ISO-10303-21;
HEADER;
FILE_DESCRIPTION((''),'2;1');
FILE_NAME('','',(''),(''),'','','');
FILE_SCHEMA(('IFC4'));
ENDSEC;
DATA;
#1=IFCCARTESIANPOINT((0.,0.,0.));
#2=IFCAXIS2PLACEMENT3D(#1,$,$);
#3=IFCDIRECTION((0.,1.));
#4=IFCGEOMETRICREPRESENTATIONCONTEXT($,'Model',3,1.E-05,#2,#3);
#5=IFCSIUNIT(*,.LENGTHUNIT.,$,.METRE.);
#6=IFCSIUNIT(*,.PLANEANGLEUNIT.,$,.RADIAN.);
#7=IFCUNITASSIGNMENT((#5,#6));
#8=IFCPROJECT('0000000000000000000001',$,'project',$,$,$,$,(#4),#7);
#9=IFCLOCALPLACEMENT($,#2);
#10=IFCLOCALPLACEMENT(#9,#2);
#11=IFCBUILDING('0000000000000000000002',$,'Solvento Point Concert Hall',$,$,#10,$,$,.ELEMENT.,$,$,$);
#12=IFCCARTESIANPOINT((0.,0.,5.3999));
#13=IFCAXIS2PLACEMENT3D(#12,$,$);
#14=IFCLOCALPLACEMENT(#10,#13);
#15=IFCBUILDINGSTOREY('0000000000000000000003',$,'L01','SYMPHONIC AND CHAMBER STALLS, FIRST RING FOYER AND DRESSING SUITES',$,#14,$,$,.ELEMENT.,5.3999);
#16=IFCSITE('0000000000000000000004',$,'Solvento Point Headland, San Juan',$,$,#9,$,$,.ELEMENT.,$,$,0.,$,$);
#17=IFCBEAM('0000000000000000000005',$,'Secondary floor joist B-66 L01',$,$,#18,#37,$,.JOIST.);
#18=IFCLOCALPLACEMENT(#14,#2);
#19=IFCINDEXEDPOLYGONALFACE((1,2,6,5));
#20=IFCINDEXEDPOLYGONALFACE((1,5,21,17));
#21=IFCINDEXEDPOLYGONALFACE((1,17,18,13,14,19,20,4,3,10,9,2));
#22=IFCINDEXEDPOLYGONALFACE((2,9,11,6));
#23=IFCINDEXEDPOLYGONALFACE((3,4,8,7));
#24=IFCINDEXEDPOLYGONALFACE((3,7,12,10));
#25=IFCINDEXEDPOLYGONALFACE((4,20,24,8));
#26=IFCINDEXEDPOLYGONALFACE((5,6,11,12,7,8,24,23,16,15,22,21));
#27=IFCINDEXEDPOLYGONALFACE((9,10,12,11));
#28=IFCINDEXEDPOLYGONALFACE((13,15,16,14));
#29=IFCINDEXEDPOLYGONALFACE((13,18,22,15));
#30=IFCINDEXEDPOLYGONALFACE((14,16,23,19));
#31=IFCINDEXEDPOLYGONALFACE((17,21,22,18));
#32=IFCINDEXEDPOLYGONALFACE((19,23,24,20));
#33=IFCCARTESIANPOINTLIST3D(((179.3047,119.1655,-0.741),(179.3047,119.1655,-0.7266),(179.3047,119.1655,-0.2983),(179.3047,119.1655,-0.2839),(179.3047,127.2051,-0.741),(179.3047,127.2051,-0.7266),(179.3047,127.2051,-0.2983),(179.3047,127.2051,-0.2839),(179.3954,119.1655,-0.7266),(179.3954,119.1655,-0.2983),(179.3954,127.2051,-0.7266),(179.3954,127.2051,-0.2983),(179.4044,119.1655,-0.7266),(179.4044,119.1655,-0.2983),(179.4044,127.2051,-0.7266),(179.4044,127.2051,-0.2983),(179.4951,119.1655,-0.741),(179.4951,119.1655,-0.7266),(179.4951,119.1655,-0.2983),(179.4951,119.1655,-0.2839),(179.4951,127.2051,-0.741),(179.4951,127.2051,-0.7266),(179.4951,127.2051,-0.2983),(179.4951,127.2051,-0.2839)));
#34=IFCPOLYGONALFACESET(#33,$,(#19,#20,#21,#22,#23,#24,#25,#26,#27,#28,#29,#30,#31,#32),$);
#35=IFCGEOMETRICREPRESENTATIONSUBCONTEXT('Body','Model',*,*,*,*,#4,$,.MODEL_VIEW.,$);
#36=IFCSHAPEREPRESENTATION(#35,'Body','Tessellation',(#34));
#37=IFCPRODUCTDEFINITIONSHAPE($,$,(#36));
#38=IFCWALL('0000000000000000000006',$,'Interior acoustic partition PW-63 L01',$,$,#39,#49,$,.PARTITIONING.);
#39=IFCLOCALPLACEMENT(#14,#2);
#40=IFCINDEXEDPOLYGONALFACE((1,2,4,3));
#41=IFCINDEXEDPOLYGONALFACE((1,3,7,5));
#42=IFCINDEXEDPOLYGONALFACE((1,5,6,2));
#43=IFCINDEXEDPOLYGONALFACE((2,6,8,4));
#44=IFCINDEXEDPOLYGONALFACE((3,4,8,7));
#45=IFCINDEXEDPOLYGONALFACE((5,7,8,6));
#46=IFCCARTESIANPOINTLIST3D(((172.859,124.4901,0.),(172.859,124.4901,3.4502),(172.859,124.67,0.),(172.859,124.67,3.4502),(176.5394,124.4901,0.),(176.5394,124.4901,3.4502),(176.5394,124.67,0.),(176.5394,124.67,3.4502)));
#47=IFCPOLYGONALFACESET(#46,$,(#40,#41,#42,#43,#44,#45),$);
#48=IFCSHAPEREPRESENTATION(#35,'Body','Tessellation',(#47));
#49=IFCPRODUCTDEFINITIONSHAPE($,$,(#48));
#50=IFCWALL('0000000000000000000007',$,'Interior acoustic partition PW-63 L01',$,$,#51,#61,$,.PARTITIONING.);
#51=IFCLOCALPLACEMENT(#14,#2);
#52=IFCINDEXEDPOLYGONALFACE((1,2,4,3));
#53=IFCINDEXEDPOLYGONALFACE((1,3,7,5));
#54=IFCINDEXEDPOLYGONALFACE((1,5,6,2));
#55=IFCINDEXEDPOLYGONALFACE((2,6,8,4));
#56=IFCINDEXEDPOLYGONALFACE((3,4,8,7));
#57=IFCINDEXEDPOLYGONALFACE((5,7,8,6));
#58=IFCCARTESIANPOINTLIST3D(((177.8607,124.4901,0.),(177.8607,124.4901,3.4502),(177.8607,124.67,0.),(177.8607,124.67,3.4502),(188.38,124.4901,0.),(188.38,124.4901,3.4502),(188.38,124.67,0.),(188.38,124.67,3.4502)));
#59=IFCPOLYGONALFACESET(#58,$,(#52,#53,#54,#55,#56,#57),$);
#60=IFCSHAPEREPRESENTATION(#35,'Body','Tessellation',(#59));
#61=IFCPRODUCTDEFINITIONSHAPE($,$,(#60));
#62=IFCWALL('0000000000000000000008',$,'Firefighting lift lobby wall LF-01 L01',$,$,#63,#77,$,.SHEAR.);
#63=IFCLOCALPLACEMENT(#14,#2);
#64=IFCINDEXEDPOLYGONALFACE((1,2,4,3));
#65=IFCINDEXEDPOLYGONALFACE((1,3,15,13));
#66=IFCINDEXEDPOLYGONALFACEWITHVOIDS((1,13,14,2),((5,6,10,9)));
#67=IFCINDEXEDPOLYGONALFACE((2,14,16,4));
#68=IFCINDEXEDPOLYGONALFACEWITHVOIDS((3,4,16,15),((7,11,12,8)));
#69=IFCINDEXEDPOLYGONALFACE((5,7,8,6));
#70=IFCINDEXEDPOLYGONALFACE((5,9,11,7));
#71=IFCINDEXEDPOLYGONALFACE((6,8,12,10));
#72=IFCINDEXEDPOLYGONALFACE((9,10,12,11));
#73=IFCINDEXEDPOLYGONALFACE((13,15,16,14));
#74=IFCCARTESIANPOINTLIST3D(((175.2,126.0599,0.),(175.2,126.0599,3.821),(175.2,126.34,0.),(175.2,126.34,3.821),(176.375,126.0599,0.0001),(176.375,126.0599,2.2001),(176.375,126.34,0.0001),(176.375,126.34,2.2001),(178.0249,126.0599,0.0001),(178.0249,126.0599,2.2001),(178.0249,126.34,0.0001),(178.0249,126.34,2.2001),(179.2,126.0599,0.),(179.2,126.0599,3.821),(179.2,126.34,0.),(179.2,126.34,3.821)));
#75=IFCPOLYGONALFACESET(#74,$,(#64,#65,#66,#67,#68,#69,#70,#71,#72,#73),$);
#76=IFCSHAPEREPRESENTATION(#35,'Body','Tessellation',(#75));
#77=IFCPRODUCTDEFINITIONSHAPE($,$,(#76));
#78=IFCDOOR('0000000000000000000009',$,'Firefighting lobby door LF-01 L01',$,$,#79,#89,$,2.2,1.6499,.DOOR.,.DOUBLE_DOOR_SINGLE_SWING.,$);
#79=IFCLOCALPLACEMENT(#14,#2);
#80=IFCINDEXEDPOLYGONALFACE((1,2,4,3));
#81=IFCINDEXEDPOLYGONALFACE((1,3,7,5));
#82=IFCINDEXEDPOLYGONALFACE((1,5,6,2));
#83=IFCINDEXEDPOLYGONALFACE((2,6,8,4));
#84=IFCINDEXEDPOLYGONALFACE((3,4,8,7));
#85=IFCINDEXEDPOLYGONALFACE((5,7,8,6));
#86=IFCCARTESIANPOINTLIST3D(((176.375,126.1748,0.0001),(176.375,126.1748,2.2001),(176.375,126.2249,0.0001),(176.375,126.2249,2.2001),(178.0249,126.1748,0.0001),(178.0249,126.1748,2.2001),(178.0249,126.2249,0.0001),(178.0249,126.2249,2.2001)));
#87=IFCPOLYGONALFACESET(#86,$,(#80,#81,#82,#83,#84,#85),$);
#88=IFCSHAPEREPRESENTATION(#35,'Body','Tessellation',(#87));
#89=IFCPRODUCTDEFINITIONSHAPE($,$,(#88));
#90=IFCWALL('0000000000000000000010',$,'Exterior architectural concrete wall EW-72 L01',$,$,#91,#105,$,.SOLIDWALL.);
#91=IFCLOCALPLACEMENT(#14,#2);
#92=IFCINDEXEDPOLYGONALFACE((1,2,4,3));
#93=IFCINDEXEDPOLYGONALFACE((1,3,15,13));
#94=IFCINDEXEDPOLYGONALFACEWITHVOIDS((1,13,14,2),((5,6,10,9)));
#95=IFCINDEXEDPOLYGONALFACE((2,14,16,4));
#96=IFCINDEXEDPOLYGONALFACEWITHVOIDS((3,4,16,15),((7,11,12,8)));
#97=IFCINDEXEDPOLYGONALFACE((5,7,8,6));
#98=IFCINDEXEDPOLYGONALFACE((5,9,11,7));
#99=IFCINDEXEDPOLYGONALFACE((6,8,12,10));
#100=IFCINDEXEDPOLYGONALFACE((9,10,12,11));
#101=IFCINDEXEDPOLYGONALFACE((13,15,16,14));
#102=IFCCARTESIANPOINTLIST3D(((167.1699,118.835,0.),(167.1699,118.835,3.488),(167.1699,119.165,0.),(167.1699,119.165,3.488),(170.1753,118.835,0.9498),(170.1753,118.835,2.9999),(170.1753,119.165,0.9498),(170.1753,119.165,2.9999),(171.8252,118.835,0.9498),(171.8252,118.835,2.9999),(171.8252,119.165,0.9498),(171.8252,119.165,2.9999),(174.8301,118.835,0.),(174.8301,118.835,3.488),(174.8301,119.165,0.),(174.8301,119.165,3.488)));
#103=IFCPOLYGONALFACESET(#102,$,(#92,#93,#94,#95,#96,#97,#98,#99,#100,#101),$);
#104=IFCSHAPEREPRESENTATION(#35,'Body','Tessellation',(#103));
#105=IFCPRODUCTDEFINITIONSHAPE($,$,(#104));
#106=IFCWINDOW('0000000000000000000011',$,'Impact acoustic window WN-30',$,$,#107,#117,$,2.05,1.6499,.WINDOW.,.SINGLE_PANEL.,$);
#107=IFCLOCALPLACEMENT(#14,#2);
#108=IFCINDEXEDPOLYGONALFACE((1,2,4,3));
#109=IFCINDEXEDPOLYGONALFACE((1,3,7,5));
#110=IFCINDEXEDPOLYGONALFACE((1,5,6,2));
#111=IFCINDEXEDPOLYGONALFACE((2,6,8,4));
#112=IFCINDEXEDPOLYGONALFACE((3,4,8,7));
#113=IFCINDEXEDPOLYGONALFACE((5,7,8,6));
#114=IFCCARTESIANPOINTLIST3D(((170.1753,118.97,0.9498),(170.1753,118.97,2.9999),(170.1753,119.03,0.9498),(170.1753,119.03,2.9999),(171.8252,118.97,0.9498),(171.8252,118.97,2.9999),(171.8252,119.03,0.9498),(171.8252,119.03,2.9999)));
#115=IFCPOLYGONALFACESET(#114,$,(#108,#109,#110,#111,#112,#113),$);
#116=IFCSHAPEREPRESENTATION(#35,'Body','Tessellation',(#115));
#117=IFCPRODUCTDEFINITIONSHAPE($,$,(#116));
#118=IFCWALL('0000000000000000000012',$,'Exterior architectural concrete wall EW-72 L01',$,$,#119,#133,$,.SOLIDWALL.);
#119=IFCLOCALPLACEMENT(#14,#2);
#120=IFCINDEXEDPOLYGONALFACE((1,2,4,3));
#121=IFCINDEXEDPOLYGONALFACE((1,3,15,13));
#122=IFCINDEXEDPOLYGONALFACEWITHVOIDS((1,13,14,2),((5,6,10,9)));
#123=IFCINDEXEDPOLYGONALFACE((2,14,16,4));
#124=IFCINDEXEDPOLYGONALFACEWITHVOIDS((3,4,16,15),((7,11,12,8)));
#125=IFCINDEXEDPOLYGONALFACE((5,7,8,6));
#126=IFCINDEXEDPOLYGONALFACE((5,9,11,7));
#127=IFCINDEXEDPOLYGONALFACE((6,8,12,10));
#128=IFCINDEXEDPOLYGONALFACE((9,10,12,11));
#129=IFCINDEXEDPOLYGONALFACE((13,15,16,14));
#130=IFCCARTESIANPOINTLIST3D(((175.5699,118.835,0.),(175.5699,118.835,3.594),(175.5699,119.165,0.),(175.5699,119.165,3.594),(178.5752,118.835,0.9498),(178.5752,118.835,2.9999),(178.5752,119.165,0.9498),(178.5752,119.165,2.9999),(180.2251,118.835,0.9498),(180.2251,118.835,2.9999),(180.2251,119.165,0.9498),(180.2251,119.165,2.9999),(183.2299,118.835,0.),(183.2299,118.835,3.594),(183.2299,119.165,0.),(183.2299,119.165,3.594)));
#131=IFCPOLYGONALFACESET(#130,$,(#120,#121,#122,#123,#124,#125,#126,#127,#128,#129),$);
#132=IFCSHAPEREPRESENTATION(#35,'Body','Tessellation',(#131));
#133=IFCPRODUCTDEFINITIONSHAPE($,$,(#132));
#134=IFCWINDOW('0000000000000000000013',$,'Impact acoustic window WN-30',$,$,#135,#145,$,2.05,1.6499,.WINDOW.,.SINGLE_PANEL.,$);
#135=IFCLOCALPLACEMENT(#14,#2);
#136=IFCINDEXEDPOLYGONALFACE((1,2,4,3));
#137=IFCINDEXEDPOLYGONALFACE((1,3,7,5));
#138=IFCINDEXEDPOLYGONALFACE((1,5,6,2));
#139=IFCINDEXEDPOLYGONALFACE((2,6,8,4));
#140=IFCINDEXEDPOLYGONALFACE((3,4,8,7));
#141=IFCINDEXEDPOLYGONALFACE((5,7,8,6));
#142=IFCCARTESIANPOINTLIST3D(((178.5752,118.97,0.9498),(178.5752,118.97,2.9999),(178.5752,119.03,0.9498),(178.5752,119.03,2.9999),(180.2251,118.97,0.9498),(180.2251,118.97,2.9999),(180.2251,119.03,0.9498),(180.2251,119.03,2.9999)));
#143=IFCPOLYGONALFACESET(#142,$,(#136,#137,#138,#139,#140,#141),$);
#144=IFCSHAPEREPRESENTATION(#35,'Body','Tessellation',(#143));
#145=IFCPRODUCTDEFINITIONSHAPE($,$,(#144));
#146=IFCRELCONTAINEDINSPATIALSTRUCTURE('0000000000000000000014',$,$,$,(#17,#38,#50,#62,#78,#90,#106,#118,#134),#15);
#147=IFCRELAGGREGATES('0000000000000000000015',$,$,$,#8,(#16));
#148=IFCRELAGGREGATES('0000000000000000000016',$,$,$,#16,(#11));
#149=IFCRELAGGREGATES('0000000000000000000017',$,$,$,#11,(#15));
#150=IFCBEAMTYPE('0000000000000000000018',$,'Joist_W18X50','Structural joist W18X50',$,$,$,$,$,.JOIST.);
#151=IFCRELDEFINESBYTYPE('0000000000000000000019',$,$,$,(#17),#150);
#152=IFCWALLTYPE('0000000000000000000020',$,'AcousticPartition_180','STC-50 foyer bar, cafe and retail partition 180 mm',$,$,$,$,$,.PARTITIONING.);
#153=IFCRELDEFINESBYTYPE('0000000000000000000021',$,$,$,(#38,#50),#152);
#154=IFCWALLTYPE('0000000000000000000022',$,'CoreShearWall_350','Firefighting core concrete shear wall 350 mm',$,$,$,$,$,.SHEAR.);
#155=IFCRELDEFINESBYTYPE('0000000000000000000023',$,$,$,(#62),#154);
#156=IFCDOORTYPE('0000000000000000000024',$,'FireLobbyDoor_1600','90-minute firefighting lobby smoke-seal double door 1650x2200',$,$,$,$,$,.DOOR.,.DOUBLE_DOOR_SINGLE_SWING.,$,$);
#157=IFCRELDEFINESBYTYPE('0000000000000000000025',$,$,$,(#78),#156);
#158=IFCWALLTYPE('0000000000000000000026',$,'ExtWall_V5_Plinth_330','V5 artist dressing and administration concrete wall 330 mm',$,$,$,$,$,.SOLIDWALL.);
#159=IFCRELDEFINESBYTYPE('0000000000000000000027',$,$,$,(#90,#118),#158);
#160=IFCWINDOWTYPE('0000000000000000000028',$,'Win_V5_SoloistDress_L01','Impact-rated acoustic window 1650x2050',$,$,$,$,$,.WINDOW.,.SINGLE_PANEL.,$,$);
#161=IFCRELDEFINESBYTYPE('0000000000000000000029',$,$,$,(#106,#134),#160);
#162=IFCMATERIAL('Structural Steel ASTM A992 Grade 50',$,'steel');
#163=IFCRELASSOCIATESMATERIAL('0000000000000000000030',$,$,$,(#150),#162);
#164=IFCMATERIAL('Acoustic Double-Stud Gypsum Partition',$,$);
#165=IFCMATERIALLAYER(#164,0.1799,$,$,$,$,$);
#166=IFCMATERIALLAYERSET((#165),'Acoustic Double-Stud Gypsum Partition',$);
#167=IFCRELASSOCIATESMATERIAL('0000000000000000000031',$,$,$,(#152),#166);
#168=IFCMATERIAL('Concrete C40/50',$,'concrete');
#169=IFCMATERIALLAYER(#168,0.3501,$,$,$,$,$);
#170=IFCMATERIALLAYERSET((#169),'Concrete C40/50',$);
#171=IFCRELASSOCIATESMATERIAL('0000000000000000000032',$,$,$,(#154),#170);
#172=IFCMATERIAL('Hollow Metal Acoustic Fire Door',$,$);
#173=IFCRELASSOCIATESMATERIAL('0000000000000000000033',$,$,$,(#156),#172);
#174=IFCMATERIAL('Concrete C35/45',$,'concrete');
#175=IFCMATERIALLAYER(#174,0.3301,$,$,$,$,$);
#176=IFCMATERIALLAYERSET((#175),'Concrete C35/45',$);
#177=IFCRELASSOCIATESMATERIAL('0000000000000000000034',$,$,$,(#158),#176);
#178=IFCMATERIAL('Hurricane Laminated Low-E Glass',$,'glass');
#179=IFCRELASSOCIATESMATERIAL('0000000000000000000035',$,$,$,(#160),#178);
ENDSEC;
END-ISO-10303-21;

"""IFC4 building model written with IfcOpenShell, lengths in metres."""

from ifc_helpers import new_model, si_unit, direction, frame, frame_2d, origin, origin_2d, place, context, subcontext, project, spatial, rectangle, i_section, extrude, material, layer, layer_set, material_profile, profile_set, type_object, element, fill, save


model = new_model("IFC4")

# Units and contexts
model_context = context("Model", 3, precision=1e-05, world=origin(), true_north=direction((0.0, 1.0)))
body_context = subcontext(model_context, "Body", "Model", "MODEL_VIEW")
ifc_project = project(units=[si_unit("LENGTHUNIT", "METRE"), si_unit("PLANEANGLEUNIT", "RADIAN")], contexts=[model_context])

# Site, building, storey
site_placement = place(None, origin())
site = spatial("IfcSite", under=ifc_project, at=site_placement, Name="Solvento Point Headland, San Juan", CompositionType="ELEMENT", RefElevation=0.0)
building_placement = place(site_placement, origin())
building = spatial("IfcBuilding", under=site, at=building_placement, Name="Solvento Point Concert Hall", CompositionType="ELEMENT")
storey_placement = place(building_placement, frame((0.0, 0.0, 5.3999)))
storey = spatial("IfcBuildingStorey", under=building, at=storey_placement, Name="L01", Description="SYMPHONIC AND CHAMBER STALLS, FIRST RING FOYER AND DRESSING SUITES", CompositionType="ELEMENT", Elevation=5.3999)

# Beam
ifc_material_1 = material(Name="Structural Steel ASTM A992 Grade 50", Category="steel")
ifc_material_profile_1 = material_profile(ifc_material_1, i_section(OverallWidth=0.1904, OverallDepth=0.457, WebThickness=0.009, FlangeThickness=0.0144, at=origin_2d()), Name="W18X50")
ifc_profile_set_1 = profile_set([ifc_material_profile_1], Name="Structural Steel ASTM A992 Grade 50")
beam_type_1 = type_object("IfcBeamType", Name="Joist_W18X50", Description="Structural joist W18X50", PredefinedType="JOIST", material=ifc_profile_set_1)
beam_1_placement = place(storey_placement, frame((179.3999, 119.1655, -0.5125), z_axis=(0.0, 1.0, 0.0), x_axis=(-1.0, 0.0, 0.0)))
element("IfcBeam", 1, at=beam_1_placement, inside=storey, type_object=beam_type_1, Name="Secondary floor joist B-66 L01", PredefinedType="JOIST", context=body_context, shape_type="SweptSolid", body=[
    extrude(i_section(OverallWidth=0.1904, OverallDepth=0.457, WebThickness=0.009, FlangeThickness=0.0144, at=origin_2d()), origin(), (0.0, 0.0, 1.0), 8.0396),
])

# Walls
ifc_material_2 = material(Name="Acoustic Double-Stud Gypsum Partition")
ifc_layer_1 = layer(ifc_material_2, 0.1799)
ifc_layer_set_1 = layer_set([ifc_layer_1], Name="Acoustic Double-Stud Gypsum Partition")
wall_type_1 = type_object("IfcWallType", Name="AcousticPartition_180", Description="STC-50 foyer bar, cafe and retail partition 180 mm", PredefinedType="PARTITIONING", material=ifc_layer_set_1)
wall_1_placement = place(storey_placement, frame((172.8589, 124.5801, 0.0), z_axis=(0.0, 0.0, 1.0), x_axis=(1.0, 0.0, 0.0)))
element("IfcWall", 2, at=wall_1_placement, inside=storey, type_object=wall_type_1, Name="Interior acoustic partition PW-63 L01", PredefinedType="PARTITIONING", context=body_context, shape_type="SweptSolid", body=[
    extrude(rectangle(XDim=3.6804, YDim=0.1799, at=frame_2d((1.8403, 0.0))), origin(), (0.0, 0.0, 1.0), 3.4502),
])
wall_2_placement = place(storey_placement, frame((177.8606, 124.5801, 0.0), z_axis=(0.0, 0.0, 1.0), x_axis=(1.0, 0.0, 0.0)))
element("IfcWall", 3, at=wall_2_placement, inside=storey, type_object=wall_type_1, Name="Interior acoustic partition PW-63 L01", PredefinedType="PARTITIONING", context=body_context, shape_type="SweptSolid", body=[
    extrude(rectangle(XDim=10.5193, YDim=0.1799, at=frame_2d((5.2598, 0.0))), origin(), (0.0, 0.0, 1.0), 3.4502),
])

# Wall, opening, door
ifc_material_3 = material(Name="Concrete C40/50", Category="concrete")
ifc_layer_2 = layer(ifc_material_3, 0.3501)
ifc_layer_set_2 = layer_set([ifc_layer_2], Name="Concrete C40/50")
wall_type_2 = type_object("IfcWallType", Name="CoreShearWall_350", Description="Firefighting core concrete shear wall 350 mm", PredefinedType="SHEAR", material=ifc_layer_set_2)
wall_3_placement = place(storey_placement, frame((175.2, 126.2, 0.0), z_axis=(0.0, 0.0, 1.0), x_axis=(1.0, 0.0, 0.0)))
wall_3 = element("IfcWall", 4, at=wall_3_placement, inside=storey, type_object=wall_type_2, Name="Firefighting lift lobby wall LF-01 L01", PredefinedType="SHEAR", context=body_context, shape_type="SweptSolid", body=[
    extrude(rectangle(XDim=4.0, YDim=0.28, at=frame_2d((2.0, 0.0))), origin(), (0.0, 0.0, 1.0), 3.821),
])
opening_1_placement = place(wall_3_placement, frame((1.175, 0.0, 0.0)))
opening_1 = element("IfcOpeningElement", 5, at=opening_1_placement, cuts=wall_3, PredefinedType="OPENING", context=body_context, shape_type="SweptSolid", body=[
    extrude(rectangle(XDim=1.6499, YDim=2.2, at=frame_2d((0.825, 1.1001))), frame((0.0, 0.1499, 0.0), z_axis=(0.0, -1.0, 0.0), x_axis=(1.0, 0.0, 0.0)), (0.0, 0.0, 1.0), 0.3),
])
ifc_material_4 = material(Name="Hollow Metal Acoustic Fire Door")
door_type = type_object("IfcDoorType", Name="FireLobbyDoor_1600", Description="90-minute firefighting lobby smoke-seal double door 1650x2200", OperationType="DOUBLE_DOOR_SINGLE_SWING", PredefinedType="DOOR", material=ifc_material_4)
door_placement = place(opening_1_placement, origin())
door = element("IfcDoor", 6, at=door_placement, inside=storey, type_object=door_type, Name="Firefighting lobby door LF-01 L01", OperationType="DOUBLE_DOOR_SINGLE_SWING", OverallHeight=2.2, OverallWidth=1.6499, PredefinedType="DOOR", context=body_context, shape_type="SweptSolid", body=[
    extrude(rectangle(XDim=1.6499, YDim=2.2, at=frame_2d((0.825, 1.1001))), frame((0.0, 0.0249, 0.0), z_axis=(0.0, -1.0, 0.0), x_axis=(1.0, 0.0, 0.0)), (0.0, 0.0, 1.0), 0.05),
])
fill(opening_1, door)

# Walls, openings, windows
ifc_material_5 = material(Name="Concrete C35/45", Category="concrete")
ifc_layer_3 = layer(ifc_material_5, 0.3301)
ifc_layer_set_3 = layer_set([ifc_layer_3], Name="Concrete C35/45")
wall_type_3 = type_object("IfcWallType", Name="ExtWall_V5_Plinth_330", Description="V5 artist dressing and administration concrete wall 330 mm", PredefinedType="SOLIDWALL", material=ifc_layer_set_3)
wall_4_placement = place(storey_placement, frame((174.8301, 119.0, 0.0), z_axis=(0.0, 0.0, 1.0), x_axis=(-1.0, 0.0, 0.0)))
wall_4 = element("IfcWall", 7, at=wall_4_placement, inside=storey, type_object=wall_type_3, Name="Exterior architectural concrete wall EW-72 L01", PredefinedType="SOLIDWALL", context=body_context, shape_type="SweptSolid", body=[
    extrude(rectangle(XDim=7.6602, YDim=0.3301, at=frame_2d((3.8301, 0.0))), origin(), (0.0, 0.0, 1.0), 3.488),
])
opening_2_placement = place(wall_4_placement, frame((3.0049, 0.0, 0.95)))
opening_2 = element("IfcOpeningElement", 8, at=opening_2_placement, cuts=wall_4, PredefinedType="OPENING", context=body_context, shape_type="SweptSolid", body=[
    extrude(rectangle(XDim=1.6499, YDim=2.05, at=frame_2d((0.825, 1.0249))), frame((0.0, 0.175, 0.0), z_axis=(0.0, -1.0, 0.0), x_axis=(1.0, 0.0, 0.0)), (0.0, 0.0, 1.0), 0.3501),
])
ifc_material_6 = material(Name="Hurricane Laminated Low-E Glass", Category="glass")
window_type = type_object("IfcWindowType", Name="Win_V5_SoloistDress_L01", Description="Impact-rated acoustic window 1650x2050", PartitioningType="SINGLE_PANEL", PredefinedType="WINDOW", material=ifc_material_6)
window_1_placement = place(opening_2_placement, origin())
window_1 = element("IfcWindow", 9, at=window_1_placement, inside=storey, type_object=window_type, Name="Impact acoustic window WN-30", OverallHeight=2.05, OverallWidth=1.6499, PartitioningType="SINGLE_PANEL", PredefinedType="WINDOW", context=body_context, shape_type="SweptSolid", body=[
    extrude(rectangle(XDim=1.6499, YDim=2.05, at=frame_2d((0.825, 1.0249))), frame((0.0, 0.03, 0.0), z_axis=(0.0, -1.0, 0.0), x_axis=(1.0, 0.0, 0.0)), (0.0, 0.0, 1.0), 0.0601),
])
fill(opening_2, window_1)
wall_5_placement = place(storey_placement, frame((183.23, 119.0, 0.0), z_axis=(0.0, 0.0, 1.0), x_axis=(-1.0, 0.0, 0.0)))
wall_5 = element("IfcWall", 10, at=wall_5_placement, inside=storey, type_object=wall_type_3, Name="Exterior architectural concrete wall EW-72 L01", PredefinedType="SOLIDWALL", context=body_context, shape_type="SweptSolid", body=[
    extrude(rectangle(XDim=7.6599, YDim=0.3301, at=frame_2d((3.8301, 0.0))), origin(), (0.0, 0.0, 1.0), 3.594),
])
opening_3_placement = place(wall_5_placement, frame((3.0049, 0.0, 0.95)))
opening_3 = element("IfcOpeningElement", 11, at=opening_3_placement, cuts=wall_5, PredefinedType="OPENING", context=body_context, shape_type="SweptSolid", body=[
    extrude(rectangle(XDim=1.6499, YDim=2.05, at=frame_2d((0.825, 1.0249))), frame((0.0, 0.175, 0.0), z_axis=(0.0, -1.0, 0.0), x_axis=(1.0, 0.0, 0.0)), (0.0, 0.0, 1.0), 0.3501),
])
window_2_placement = place(opening_3_placement, origin())
window_2 = element("IfcWindow", 12, at=window_2_placement, inside=storey, type_object=window_type, Name="Impact acoustic window WN-30", OverallHeight=2.05, OverallWidth=1.6499, PartitioningType="SINGLE_PANEL", PredefinedType="WINDOW", context=body_context, shape_type="SweptSolid", body=[
    extrude(rectangle(XDim=1.6499, YDim=2.05, at=frame_2d((0.825, 1.0249))), frame((0.0, 0.03, 0.0), z_axis=(0.0, -1.0, 0.0), x_axis=(1.0, 0.0, 0.0)), (0.0, 0.0, 1.0), 0.0601),
])
fill(opening_3, window_2)

save(model, "model.ifc")
